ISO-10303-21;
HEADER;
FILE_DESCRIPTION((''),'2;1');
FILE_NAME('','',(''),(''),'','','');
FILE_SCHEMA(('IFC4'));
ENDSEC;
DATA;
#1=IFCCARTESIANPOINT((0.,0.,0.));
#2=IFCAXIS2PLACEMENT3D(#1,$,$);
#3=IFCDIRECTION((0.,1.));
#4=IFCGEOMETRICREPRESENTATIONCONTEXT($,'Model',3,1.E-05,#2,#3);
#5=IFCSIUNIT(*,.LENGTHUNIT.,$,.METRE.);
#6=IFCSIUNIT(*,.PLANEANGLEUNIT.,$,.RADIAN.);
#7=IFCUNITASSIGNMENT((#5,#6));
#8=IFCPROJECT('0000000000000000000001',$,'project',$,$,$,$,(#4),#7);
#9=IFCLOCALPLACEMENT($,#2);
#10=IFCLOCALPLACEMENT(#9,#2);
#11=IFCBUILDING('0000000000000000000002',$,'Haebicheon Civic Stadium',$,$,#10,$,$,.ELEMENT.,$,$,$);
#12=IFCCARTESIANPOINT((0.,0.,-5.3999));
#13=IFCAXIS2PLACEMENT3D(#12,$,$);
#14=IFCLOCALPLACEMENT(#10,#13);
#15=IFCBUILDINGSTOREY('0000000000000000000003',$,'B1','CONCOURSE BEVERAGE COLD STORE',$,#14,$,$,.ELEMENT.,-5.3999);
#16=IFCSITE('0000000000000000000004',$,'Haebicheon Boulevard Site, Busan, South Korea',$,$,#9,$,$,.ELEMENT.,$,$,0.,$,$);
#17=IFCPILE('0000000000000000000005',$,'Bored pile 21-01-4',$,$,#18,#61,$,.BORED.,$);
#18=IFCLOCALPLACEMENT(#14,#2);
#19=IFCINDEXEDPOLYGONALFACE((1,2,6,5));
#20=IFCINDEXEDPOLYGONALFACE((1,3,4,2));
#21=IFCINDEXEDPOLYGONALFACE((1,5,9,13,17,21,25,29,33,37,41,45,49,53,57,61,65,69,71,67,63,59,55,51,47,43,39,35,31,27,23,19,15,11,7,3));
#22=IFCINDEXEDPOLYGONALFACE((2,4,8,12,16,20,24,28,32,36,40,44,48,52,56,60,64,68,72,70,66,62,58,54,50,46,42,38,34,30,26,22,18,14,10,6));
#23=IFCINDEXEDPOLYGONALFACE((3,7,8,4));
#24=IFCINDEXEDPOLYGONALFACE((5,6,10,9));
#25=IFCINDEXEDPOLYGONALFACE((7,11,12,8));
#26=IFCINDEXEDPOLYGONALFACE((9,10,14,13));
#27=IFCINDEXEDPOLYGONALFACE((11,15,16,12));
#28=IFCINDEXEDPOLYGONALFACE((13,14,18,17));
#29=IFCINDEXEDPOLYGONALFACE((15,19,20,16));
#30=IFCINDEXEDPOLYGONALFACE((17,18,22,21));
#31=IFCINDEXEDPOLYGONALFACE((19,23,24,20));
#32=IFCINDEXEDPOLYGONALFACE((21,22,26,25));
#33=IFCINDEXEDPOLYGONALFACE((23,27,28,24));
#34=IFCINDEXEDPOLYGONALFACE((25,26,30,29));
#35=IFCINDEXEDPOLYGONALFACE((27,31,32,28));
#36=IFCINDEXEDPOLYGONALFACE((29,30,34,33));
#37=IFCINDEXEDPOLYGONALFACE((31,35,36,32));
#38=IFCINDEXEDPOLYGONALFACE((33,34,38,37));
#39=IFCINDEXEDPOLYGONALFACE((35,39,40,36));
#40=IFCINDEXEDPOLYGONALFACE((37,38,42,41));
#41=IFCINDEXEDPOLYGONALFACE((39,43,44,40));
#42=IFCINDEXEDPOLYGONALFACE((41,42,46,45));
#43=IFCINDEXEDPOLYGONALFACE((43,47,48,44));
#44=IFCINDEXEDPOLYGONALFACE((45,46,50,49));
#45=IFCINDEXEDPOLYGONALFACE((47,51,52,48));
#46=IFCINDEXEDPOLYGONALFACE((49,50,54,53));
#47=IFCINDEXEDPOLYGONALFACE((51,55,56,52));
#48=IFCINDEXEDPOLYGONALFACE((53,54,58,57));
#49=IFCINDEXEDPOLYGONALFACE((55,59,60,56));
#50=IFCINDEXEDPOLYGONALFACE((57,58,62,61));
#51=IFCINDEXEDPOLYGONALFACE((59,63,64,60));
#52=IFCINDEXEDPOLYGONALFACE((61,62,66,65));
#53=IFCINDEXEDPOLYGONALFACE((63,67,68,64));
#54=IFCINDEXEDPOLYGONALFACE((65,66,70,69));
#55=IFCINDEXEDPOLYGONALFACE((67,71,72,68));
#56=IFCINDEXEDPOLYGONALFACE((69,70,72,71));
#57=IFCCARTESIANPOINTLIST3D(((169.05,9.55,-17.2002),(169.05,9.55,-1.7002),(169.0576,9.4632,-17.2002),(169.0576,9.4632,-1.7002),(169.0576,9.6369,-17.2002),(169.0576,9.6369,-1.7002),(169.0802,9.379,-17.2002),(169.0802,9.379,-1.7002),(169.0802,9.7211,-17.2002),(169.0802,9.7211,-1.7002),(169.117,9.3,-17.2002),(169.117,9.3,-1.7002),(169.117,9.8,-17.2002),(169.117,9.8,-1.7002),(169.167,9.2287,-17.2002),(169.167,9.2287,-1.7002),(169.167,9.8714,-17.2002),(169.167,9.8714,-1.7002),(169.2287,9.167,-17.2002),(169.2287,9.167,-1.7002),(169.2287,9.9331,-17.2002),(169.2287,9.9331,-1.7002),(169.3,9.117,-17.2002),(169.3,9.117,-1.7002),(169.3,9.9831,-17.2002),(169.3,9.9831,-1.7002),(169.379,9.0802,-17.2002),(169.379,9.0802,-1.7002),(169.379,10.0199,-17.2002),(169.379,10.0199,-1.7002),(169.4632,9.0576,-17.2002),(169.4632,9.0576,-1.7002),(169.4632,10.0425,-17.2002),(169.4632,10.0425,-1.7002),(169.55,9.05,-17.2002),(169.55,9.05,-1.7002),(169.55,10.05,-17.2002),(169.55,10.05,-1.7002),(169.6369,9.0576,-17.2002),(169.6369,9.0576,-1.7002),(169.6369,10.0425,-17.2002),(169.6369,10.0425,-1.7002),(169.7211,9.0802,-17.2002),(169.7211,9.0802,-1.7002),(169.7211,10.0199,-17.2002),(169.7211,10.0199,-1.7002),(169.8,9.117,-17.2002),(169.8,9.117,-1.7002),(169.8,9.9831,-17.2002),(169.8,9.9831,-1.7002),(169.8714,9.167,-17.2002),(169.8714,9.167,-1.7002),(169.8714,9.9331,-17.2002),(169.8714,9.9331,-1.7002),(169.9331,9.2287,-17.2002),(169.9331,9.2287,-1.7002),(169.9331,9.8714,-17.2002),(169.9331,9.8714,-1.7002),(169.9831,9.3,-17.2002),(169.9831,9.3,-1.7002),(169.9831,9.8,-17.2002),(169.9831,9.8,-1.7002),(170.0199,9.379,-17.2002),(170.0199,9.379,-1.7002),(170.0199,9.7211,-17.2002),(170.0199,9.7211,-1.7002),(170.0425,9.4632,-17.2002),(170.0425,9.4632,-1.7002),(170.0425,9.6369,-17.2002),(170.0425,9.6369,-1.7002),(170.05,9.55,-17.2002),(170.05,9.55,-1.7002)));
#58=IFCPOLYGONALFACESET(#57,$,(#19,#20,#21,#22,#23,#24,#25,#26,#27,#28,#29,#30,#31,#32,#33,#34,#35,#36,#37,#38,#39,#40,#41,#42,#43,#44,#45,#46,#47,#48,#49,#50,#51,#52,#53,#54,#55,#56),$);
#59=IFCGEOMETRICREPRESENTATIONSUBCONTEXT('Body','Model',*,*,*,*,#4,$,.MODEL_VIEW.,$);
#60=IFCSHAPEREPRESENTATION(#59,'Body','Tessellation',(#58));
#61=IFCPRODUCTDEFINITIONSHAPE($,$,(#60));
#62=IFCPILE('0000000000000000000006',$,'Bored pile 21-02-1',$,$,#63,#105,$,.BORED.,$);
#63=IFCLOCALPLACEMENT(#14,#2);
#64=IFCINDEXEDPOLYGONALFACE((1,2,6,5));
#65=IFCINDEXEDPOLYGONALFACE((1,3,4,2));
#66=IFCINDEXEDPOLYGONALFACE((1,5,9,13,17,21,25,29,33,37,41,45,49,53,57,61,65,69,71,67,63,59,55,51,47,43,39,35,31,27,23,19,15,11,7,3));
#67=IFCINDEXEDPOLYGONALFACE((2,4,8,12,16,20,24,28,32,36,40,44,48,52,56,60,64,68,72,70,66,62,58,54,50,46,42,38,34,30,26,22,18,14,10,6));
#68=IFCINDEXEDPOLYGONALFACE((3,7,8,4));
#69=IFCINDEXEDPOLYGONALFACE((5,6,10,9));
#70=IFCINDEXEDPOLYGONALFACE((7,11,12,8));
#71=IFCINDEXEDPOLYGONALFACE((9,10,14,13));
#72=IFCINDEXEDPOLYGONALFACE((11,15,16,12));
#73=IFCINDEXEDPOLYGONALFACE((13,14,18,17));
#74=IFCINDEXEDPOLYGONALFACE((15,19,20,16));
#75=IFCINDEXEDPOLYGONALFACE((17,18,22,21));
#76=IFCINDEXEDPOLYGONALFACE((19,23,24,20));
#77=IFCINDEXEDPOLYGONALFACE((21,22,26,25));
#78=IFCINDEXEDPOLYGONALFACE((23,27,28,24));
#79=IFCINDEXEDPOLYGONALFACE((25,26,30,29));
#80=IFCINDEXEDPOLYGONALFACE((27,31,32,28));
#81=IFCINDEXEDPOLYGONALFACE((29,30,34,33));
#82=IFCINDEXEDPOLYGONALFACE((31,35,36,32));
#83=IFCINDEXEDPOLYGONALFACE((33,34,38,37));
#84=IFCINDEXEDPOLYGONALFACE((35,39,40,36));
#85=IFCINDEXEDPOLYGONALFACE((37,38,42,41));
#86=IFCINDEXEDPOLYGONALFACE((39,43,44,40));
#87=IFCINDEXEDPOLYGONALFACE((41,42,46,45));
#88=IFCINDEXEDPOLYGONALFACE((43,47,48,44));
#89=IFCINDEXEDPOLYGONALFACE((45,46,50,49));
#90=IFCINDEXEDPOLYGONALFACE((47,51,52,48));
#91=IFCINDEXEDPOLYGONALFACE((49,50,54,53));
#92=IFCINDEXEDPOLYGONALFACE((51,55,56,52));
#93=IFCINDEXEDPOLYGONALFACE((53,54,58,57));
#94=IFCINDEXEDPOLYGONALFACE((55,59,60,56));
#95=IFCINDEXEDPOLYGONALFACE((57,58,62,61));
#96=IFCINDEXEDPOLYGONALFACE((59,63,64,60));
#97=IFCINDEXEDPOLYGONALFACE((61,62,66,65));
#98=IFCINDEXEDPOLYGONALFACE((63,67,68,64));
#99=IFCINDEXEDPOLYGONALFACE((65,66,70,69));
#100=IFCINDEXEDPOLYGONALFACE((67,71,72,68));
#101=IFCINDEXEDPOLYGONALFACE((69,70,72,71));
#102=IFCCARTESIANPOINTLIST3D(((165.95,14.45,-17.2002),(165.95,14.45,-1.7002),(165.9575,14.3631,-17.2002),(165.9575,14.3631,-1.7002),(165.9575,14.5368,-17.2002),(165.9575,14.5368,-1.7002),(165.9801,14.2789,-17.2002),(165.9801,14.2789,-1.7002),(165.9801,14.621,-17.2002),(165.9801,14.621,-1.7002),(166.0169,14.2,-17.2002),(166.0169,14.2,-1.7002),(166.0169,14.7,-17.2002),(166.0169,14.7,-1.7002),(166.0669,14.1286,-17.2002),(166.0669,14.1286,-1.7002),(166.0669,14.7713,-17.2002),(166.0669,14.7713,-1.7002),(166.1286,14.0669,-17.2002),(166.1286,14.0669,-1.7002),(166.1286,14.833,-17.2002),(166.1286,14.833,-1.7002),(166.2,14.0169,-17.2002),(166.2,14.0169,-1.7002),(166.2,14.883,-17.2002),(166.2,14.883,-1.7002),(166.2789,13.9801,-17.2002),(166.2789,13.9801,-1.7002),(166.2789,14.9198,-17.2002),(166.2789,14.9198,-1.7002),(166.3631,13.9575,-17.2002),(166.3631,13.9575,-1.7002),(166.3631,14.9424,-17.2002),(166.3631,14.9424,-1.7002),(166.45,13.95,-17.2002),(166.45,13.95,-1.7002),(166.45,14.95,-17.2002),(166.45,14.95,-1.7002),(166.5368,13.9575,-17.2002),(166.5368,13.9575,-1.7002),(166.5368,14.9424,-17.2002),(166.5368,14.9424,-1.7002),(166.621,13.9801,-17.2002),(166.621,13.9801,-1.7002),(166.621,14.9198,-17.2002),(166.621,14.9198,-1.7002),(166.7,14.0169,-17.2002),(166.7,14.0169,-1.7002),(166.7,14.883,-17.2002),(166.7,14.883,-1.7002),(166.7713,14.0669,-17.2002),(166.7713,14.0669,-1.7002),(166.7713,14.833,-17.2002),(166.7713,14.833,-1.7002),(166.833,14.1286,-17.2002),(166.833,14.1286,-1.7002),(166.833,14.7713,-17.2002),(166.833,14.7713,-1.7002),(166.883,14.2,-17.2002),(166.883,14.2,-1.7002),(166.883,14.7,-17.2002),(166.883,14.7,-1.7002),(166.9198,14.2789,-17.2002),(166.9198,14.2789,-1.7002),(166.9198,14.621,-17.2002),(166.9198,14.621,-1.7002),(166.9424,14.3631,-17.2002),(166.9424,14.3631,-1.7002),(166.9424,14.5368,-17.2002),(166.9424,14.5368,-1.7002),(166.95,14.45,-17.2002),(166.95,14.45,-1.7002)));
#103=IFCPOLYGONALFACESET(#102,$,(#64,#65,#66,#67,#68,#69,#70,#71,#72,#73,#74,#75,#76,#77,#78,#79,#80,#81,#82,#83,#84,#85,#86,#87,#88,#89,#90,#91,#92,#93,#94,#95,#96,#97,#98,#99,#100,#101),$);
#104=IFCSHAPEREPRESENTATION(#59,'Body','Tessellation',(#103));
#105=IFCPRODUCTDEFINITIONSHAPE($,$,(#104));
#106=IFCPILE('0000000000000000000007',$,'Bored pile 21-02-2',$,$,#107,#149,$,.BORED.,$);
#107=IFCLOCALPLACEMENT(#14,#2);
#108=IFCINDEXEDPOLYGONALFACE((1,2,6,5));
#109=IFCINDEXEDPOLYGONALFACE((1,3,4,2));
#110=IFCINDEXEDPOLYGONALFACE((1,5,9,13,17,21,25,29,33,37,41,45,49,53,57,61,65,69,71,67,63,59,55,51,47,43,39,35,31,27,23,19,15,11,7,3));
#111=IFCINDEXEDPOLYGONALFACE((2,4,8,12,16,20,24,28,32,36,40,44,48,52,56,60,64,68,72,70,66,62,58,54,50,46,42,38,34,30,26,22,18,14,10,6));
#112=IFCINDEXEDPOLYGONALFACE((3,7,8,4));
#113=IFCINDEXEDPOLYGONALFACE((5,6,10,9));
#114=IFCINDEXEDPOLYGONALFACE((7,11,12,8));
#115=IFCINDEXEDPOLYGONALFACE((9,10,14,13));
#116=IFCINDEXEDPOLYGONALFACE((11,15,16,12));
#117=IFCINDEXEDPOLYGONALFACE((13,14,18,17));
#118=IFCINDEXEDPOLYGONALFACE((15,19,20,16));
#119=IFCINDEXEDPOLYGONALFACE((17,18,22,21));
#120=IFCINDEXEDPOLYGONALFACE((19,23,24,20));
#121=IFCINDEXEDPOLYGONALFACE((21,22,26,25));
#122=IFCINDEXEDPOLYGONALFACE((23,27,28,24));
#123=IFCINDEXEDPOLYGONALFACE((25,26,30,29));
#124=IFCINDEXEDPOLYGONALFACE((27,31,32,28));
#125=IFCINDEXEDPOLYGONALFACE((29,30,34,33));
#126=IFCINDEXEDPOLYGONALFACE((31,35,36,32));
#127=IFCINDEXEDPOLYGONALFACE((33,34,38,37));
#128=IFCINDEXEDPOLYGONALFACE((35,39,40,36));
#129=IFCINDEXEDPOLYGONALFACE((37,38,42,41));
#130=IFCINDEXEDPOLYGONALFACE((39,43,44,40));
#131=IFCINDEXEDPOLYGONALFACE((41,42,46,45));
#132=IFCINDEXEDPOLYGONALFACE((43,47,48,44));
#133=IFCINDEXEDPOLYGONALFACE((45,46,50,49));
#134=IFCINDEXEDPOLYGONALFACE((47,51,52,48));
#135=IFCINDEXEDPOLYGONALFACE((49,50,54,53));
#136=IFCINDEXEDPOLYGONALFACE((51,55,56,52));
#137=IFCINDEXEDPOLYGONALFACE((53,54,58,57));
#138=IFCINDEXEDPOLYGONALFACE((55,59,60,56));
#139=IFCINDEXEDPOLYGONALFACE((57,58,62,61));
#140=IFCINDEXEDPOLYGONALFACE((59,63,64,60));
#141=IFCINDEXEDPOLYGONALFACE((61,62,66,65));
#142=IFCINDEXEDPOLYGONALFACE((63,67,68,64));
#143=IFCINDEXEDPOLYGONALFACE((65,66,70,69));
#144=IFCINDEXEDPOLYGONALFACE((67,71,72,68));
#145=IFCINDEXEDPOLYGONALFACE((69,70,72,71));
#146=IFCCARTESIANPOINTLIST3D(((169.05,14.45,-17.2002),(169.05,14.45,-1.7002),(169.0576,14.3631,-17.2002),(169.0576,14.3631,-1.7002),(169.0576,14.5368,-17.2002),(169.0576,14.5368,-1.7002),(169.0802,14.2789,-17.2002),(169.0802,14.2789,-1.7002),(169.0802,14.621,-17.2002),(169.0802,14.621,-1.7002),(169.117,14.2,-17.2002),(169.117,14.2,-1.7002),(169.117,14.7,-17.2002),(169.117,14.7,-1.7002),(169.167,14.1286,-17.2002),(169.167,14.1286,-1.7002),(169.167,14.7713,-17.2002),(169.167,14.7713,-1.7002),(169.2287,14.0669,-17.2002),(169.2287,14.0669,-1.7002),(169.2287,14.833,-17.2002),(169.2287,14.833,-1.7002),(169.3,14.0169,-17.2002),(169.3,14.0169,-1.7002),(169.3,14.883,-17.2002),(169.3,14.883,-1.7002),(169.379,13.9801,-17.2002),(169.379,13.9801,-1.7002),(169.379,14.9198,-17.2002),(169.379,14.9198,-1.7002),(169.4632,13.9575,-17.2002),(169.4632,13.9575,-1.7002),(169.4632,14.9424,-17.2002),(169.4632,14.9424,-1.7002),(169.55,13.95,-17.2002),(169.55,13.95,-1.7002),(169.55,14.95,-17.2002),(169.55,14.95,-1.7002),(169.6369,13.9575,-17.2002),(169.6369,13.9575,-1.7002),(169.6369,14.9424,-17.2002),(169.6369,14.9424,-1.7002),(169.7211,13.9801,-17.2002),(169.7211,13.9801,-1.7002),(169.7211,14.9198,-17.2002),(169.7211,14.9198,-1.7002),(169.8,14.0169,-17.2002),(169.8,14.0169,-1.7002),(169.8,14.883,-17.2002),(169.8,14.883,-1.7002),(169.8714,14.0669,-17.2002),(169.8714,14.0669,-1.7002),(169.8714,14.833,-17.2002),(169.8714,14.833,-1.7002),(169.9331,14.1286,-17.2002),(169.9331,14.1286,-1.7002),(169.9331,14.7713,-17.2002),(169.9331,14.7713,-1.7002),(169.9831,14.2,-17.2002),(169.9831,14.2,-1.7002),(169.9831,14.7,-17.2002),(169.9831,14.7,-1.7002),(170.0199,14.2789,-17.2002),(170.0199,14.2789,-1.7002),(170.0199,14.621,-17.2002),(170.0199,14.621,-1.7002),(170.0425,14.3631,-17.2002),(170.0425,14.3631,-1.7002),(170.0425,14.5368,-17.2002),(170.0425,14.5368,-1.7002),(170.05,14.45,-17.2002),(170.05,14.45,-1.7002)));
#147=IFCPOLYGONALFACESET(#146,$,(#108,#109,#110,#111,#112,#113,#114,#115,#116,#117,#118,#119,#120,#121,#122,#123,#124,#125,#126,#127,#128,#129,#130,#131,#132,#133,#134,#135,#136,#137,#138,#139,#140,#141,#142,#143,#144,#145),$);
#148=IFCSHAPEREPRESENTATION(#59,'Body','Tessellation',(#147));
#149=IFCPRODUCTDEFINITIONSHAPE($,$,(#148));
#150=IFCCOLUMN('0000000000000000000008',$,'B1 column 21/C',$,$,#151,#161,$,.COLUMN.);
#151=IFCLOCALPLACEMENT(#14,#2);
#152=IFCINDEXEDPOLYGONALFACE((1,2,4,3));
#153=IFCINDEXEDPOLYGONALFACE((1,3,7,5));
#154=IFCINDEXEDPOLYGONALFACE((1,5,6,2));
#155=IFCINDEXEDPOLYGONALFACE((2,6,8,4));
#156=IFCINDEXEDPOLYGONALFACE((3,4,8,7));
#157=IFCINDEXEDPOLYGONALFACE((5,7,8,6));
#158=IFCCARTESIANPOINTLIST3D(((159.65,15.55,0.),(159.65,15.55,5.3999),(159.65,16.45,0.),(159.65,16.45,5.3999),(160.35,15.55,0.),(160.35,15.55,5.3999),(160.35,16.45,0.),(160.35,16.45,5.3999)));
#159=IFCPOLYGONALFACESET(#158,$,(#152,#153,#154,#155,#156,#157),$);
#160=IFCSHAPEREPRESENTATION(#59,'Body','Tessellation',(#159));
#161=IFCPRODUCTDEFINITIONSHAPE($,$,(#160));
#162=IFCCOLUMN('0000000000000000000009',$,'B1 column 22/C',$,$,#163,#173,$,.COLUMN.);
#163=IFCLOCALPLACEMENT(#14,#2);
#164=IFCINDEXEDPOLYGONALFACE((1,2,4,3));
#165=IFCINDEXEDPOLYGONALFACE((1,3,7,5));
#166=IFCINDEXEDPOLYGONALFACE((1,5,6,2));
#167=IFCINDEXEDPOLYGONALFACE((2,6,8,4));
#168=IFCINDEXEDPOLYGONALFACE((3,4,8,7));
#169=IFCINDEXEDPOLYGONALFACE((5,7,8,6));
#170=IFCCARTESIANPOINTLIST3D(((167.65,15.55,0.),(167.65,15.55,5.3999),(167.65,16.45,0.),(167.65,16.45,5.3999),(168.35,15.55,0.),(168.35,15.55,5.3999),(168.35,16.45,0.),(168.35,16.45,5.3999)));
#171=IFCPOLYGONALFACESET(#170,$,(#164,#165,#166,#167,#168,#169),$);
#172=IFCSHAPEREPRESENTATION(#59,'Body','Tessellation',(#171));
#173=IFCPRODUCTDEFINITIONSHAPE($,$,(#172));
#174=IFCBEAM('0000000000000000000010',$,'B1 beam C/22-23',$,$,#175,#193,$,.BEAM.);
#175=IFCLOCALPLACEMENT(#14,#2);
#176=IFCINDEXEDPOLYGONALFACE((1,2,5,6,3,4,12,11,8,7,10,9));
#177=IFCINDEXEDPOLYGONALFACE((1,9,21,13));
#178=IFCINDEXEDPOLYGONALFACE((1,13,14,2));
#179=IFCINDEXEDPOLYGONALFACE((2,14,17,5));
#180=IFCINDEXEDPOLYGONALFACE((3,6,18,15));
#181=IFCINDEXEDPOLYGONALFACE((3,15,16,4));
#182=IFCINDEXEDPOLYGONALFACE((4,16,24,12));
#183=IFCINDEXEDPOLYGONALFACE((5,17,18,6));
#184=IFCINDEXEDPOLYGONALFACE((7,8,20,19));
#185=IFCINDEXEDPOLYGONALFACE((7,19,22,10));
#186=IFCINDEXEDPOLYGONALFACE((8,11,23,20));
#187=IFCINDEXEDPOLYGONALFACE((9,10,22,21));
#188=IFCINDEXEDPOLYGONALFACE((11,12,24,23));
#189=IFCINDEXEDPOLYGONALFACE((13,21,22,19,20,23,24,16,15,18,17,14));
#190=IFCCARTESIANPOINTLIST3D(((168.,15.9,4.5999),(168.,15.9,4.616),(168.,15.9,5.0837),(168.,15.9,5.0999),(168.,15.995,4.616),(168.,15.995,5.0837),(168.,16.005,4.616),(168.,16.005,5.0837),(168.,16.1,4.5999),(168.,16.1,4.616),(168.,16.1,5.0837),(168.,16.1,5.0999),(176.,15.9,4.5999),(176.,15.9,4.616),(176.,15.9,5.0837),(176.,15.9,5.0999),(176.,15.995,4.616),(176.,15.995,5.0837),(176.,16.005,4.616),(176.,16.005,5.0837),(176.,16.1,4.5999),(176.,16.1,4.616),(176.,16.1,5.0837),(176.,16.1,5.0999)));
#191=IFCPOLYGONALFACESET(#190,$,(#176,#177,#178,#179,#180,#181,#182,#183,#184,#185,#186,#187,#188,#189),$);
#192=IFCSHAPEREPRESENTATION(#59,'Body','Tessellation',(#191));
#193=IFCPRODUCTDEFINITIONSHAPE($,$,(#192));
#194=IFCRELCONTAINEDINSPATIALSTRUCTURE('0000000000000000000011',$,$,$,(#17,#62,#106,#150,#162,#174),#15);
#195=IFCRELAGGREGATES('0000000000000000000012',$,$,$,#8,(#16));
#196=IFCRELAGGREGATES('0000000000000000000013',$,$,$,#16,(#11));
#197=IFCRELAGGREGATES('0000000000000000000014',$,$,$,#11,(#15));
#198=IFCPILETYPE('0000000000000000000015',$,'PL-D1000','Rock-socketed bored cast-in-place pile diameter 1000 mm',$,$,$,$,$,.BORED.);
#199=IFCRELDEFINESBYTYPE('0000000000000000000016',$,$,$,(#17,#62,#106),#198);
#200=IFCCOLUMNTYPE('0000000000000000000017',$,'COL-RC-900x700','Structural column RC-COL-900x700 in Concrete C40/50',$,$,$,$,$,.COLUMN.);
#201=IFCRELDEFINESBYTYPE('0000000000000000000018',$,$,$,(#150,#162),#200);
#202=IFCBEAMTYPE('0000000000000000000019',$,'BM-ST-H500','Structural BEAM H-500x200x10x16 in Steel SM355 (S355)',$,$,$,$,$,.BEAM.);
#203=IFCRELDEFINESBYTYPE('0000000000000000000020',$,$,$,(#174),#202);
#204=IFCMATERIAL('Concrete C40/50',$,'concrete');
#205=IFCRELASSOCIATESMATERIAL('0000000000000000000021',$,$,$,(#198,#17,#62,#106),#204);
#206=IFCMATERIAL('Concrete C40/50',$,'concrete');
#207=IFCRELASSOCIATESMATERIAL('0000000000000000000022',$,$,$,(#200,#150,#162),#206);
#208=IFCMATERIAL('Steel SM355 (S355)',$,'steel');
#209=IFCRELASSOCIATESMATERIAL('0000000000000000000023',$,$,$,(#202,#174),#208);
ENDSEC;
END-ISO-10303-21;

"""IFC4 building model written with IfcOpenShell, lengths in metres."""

from ifc_helpers import new_model, si_unit, direction, frame, origin, origin_2d, place, context, subcontext, project, spatial, rectangle, circle, i_section, extrude, material, material_profile, profile_set, type_object, element, save


model = new_model("IFC4")

# Units and contexts
model_context = context("Model", 3, precision=1e-05, world=origin(), true_north=direction((0.0, 1.0)))
body_context = subcontext(model_context, "Body", "Model", "MODEL_VIEW")
ifc_project = project(units=[si_unit("LENGTHUNIT", "METRE"), si_unit("PLANEANGLEUNIT", "RADIAN")], contexts=[model_context])

# Site, building, storey
site_placement = place(None, origin())
site = spatial("IfcSite", under=ifc_project, at=site_placement, Name="Haebicheon Boulevard Site, Busan, South Korea", CompositionType="ELEMENT", RefElevation=0.0)
building_placement = place(site_placement, origin())
building = spatial("IfcBuilding", under=site, at=building_placement, Name="Haebicheon Civic Stadium", CompositionType="ELEMENT")
storey_placement = place(building_placement, frame((0.0, 0.0, -5.3999)))
storey = spatial("IfcBuildingStorey", under=building, at=storey_placement, Name="B1", Description="CONCOURSE BEVERAGE COLD STORE", CompositionType="ELEMENT", Elevation=-5.3999)

# Piles
ifc_material_1 = material(Name="Concrete C40/50", Category="concrete")
ifc_material_profile_1 = material_profile(ifc_material_1, circle(Radius=0.5, at=origin_2d()), Name="PILE-D1000")
ifc_profile_set_1 = profile_set([ifc_material_profile_1], Name="Concrete C40/50")
pile_type = type_object("IfcPileType", Name="PL-D1000", Description="Rock-socketed bored cast-in-place pile diameter 1000 mm", PredefinedType="BORED", material=ifc_profile_set_1)
for number, where, z_axis, x_axis, name in (
    (1, (169.55, 9.55, -1.7002), (0.0, 0.0, -1.0), (1.0, 0.0, 0.0), "Bored pile 21-01-4"),
    (2, (166.45, 14.45, -1.7002), (0.0, 0.0, -1.0), (1.0, 0.0, 0.0), "Bored pile 21-02-1"),
    (3, (169.55, 14.45, -1.7002), (0.0, 0.0, -1.0), (1.0, 0.0, 0.0), "Bored pile 21-02-2"),
):
    element("IfcPile", number, at=place(storey_placement, frame(where, z_axis=z_axis, x_axis=x_axis)), inside=storey, type_object=pile_type, material=ifc_profile_set_1, Name=name, PredefinedType="BORED", context=body_context, shape_type="SweptSolid", body=[
        extrude(circle(Radius=0.5, at=origin_2d()), origin(), (0.0, 0.0, 1.0), 15.5),
    ])

# Columns
ifc_material_2 = material(Name="Concrete C40/50", Category="concrete")
ifc_material_profile_2 = material_profile(ifc_material_2, rectangle(XDim=0.7, YDim=0.8999, at=origin_2d()), Name="RC-COL-900x700")
ifc_profile_set_2 = profile_set([ifc_material_profile_2], Name="Concrete C40/50")
column_type = type_object("IfcColumnType", Name="COL-RC-900x700", Description="Structural column RC-COL-900x700 in Concrete C40/50", PredefinedType="COLUMN", material=ifc_profile_set_2)
for number, where, z_axis, x_axis, name in (
    (4, (160.0, 16.0, 0.0), (0.0, 0.0, 1.0), (1.0, 0.0, 0.0), "B1 column 21/C"),
    (5, (168.0, 16.0, 0.0), (0.0, 0.0, 1.0), (1.0, 0.0, 0.0), "B1 column 22/C"),
):
    element("IfcColumn", number, at=place(storey_placement, frame(where, z_axis=z_axis, x_axis=x_axis)), inside=storey, type_object=column_type, material=ifc_profile_set_2, Name=name, PredefinedType="COLUMN", context=body_context, shape_type="SweptSolid", body=[
        extrude(rectangle(XDim=0.7, YDim=0.8999, at=origin_2d()), origin(), (0.0, 0.0, 1.0), 5.3999),
    ])

# Beam
ifc_material_3 = material(Name="Steel SM355 (S355)", Category="steel")
ifc_material_profile_3 = material_profile(ifc_material_3, i_section(OverallWidth=0.2, OverallDepth=0.5, WebThickness=0.01, FlangeThickness=0.0161, at=origin_2d()), Name="H-500x200x10x16")
ifc_profile_set_3 = profile_set([ifc_material_profile_3], Name="Steel SM355 (S355)")
beam_type_1 = type_object("IfcBeamType", Name="BM-ST-H500", Description="Structural BEAM H-500x200x10x16 in Steel SM355 (S355)", PredefinedType="BEAM", material=ifc_profile_set_3)
beam_placement = place(storey_placement, frame((168.0, 16.0, 4.8499), z_axis=(1.0, 0.0, 0.0), x_axis=(0.0, 1.0, 0.0)))
element("IfcBeam", 6, at=beam_placement, inside=storey, type_object=beam_type_1, material=ifc_profile_set_3, Name="B1 beam C/22-23", PredefinedType="BEAM", context=body_context, shape_type="SweptSolid", body=[
    extrude(i_section(OverallWidth=0.2, OverallDepth=0.5, WebThickness=0.01, FlangeThickness=0.0161, at=origin_2d()), origin(), (0.0, 0.0, 1.0), 8.0),
])

save(model, "model.ifc")
